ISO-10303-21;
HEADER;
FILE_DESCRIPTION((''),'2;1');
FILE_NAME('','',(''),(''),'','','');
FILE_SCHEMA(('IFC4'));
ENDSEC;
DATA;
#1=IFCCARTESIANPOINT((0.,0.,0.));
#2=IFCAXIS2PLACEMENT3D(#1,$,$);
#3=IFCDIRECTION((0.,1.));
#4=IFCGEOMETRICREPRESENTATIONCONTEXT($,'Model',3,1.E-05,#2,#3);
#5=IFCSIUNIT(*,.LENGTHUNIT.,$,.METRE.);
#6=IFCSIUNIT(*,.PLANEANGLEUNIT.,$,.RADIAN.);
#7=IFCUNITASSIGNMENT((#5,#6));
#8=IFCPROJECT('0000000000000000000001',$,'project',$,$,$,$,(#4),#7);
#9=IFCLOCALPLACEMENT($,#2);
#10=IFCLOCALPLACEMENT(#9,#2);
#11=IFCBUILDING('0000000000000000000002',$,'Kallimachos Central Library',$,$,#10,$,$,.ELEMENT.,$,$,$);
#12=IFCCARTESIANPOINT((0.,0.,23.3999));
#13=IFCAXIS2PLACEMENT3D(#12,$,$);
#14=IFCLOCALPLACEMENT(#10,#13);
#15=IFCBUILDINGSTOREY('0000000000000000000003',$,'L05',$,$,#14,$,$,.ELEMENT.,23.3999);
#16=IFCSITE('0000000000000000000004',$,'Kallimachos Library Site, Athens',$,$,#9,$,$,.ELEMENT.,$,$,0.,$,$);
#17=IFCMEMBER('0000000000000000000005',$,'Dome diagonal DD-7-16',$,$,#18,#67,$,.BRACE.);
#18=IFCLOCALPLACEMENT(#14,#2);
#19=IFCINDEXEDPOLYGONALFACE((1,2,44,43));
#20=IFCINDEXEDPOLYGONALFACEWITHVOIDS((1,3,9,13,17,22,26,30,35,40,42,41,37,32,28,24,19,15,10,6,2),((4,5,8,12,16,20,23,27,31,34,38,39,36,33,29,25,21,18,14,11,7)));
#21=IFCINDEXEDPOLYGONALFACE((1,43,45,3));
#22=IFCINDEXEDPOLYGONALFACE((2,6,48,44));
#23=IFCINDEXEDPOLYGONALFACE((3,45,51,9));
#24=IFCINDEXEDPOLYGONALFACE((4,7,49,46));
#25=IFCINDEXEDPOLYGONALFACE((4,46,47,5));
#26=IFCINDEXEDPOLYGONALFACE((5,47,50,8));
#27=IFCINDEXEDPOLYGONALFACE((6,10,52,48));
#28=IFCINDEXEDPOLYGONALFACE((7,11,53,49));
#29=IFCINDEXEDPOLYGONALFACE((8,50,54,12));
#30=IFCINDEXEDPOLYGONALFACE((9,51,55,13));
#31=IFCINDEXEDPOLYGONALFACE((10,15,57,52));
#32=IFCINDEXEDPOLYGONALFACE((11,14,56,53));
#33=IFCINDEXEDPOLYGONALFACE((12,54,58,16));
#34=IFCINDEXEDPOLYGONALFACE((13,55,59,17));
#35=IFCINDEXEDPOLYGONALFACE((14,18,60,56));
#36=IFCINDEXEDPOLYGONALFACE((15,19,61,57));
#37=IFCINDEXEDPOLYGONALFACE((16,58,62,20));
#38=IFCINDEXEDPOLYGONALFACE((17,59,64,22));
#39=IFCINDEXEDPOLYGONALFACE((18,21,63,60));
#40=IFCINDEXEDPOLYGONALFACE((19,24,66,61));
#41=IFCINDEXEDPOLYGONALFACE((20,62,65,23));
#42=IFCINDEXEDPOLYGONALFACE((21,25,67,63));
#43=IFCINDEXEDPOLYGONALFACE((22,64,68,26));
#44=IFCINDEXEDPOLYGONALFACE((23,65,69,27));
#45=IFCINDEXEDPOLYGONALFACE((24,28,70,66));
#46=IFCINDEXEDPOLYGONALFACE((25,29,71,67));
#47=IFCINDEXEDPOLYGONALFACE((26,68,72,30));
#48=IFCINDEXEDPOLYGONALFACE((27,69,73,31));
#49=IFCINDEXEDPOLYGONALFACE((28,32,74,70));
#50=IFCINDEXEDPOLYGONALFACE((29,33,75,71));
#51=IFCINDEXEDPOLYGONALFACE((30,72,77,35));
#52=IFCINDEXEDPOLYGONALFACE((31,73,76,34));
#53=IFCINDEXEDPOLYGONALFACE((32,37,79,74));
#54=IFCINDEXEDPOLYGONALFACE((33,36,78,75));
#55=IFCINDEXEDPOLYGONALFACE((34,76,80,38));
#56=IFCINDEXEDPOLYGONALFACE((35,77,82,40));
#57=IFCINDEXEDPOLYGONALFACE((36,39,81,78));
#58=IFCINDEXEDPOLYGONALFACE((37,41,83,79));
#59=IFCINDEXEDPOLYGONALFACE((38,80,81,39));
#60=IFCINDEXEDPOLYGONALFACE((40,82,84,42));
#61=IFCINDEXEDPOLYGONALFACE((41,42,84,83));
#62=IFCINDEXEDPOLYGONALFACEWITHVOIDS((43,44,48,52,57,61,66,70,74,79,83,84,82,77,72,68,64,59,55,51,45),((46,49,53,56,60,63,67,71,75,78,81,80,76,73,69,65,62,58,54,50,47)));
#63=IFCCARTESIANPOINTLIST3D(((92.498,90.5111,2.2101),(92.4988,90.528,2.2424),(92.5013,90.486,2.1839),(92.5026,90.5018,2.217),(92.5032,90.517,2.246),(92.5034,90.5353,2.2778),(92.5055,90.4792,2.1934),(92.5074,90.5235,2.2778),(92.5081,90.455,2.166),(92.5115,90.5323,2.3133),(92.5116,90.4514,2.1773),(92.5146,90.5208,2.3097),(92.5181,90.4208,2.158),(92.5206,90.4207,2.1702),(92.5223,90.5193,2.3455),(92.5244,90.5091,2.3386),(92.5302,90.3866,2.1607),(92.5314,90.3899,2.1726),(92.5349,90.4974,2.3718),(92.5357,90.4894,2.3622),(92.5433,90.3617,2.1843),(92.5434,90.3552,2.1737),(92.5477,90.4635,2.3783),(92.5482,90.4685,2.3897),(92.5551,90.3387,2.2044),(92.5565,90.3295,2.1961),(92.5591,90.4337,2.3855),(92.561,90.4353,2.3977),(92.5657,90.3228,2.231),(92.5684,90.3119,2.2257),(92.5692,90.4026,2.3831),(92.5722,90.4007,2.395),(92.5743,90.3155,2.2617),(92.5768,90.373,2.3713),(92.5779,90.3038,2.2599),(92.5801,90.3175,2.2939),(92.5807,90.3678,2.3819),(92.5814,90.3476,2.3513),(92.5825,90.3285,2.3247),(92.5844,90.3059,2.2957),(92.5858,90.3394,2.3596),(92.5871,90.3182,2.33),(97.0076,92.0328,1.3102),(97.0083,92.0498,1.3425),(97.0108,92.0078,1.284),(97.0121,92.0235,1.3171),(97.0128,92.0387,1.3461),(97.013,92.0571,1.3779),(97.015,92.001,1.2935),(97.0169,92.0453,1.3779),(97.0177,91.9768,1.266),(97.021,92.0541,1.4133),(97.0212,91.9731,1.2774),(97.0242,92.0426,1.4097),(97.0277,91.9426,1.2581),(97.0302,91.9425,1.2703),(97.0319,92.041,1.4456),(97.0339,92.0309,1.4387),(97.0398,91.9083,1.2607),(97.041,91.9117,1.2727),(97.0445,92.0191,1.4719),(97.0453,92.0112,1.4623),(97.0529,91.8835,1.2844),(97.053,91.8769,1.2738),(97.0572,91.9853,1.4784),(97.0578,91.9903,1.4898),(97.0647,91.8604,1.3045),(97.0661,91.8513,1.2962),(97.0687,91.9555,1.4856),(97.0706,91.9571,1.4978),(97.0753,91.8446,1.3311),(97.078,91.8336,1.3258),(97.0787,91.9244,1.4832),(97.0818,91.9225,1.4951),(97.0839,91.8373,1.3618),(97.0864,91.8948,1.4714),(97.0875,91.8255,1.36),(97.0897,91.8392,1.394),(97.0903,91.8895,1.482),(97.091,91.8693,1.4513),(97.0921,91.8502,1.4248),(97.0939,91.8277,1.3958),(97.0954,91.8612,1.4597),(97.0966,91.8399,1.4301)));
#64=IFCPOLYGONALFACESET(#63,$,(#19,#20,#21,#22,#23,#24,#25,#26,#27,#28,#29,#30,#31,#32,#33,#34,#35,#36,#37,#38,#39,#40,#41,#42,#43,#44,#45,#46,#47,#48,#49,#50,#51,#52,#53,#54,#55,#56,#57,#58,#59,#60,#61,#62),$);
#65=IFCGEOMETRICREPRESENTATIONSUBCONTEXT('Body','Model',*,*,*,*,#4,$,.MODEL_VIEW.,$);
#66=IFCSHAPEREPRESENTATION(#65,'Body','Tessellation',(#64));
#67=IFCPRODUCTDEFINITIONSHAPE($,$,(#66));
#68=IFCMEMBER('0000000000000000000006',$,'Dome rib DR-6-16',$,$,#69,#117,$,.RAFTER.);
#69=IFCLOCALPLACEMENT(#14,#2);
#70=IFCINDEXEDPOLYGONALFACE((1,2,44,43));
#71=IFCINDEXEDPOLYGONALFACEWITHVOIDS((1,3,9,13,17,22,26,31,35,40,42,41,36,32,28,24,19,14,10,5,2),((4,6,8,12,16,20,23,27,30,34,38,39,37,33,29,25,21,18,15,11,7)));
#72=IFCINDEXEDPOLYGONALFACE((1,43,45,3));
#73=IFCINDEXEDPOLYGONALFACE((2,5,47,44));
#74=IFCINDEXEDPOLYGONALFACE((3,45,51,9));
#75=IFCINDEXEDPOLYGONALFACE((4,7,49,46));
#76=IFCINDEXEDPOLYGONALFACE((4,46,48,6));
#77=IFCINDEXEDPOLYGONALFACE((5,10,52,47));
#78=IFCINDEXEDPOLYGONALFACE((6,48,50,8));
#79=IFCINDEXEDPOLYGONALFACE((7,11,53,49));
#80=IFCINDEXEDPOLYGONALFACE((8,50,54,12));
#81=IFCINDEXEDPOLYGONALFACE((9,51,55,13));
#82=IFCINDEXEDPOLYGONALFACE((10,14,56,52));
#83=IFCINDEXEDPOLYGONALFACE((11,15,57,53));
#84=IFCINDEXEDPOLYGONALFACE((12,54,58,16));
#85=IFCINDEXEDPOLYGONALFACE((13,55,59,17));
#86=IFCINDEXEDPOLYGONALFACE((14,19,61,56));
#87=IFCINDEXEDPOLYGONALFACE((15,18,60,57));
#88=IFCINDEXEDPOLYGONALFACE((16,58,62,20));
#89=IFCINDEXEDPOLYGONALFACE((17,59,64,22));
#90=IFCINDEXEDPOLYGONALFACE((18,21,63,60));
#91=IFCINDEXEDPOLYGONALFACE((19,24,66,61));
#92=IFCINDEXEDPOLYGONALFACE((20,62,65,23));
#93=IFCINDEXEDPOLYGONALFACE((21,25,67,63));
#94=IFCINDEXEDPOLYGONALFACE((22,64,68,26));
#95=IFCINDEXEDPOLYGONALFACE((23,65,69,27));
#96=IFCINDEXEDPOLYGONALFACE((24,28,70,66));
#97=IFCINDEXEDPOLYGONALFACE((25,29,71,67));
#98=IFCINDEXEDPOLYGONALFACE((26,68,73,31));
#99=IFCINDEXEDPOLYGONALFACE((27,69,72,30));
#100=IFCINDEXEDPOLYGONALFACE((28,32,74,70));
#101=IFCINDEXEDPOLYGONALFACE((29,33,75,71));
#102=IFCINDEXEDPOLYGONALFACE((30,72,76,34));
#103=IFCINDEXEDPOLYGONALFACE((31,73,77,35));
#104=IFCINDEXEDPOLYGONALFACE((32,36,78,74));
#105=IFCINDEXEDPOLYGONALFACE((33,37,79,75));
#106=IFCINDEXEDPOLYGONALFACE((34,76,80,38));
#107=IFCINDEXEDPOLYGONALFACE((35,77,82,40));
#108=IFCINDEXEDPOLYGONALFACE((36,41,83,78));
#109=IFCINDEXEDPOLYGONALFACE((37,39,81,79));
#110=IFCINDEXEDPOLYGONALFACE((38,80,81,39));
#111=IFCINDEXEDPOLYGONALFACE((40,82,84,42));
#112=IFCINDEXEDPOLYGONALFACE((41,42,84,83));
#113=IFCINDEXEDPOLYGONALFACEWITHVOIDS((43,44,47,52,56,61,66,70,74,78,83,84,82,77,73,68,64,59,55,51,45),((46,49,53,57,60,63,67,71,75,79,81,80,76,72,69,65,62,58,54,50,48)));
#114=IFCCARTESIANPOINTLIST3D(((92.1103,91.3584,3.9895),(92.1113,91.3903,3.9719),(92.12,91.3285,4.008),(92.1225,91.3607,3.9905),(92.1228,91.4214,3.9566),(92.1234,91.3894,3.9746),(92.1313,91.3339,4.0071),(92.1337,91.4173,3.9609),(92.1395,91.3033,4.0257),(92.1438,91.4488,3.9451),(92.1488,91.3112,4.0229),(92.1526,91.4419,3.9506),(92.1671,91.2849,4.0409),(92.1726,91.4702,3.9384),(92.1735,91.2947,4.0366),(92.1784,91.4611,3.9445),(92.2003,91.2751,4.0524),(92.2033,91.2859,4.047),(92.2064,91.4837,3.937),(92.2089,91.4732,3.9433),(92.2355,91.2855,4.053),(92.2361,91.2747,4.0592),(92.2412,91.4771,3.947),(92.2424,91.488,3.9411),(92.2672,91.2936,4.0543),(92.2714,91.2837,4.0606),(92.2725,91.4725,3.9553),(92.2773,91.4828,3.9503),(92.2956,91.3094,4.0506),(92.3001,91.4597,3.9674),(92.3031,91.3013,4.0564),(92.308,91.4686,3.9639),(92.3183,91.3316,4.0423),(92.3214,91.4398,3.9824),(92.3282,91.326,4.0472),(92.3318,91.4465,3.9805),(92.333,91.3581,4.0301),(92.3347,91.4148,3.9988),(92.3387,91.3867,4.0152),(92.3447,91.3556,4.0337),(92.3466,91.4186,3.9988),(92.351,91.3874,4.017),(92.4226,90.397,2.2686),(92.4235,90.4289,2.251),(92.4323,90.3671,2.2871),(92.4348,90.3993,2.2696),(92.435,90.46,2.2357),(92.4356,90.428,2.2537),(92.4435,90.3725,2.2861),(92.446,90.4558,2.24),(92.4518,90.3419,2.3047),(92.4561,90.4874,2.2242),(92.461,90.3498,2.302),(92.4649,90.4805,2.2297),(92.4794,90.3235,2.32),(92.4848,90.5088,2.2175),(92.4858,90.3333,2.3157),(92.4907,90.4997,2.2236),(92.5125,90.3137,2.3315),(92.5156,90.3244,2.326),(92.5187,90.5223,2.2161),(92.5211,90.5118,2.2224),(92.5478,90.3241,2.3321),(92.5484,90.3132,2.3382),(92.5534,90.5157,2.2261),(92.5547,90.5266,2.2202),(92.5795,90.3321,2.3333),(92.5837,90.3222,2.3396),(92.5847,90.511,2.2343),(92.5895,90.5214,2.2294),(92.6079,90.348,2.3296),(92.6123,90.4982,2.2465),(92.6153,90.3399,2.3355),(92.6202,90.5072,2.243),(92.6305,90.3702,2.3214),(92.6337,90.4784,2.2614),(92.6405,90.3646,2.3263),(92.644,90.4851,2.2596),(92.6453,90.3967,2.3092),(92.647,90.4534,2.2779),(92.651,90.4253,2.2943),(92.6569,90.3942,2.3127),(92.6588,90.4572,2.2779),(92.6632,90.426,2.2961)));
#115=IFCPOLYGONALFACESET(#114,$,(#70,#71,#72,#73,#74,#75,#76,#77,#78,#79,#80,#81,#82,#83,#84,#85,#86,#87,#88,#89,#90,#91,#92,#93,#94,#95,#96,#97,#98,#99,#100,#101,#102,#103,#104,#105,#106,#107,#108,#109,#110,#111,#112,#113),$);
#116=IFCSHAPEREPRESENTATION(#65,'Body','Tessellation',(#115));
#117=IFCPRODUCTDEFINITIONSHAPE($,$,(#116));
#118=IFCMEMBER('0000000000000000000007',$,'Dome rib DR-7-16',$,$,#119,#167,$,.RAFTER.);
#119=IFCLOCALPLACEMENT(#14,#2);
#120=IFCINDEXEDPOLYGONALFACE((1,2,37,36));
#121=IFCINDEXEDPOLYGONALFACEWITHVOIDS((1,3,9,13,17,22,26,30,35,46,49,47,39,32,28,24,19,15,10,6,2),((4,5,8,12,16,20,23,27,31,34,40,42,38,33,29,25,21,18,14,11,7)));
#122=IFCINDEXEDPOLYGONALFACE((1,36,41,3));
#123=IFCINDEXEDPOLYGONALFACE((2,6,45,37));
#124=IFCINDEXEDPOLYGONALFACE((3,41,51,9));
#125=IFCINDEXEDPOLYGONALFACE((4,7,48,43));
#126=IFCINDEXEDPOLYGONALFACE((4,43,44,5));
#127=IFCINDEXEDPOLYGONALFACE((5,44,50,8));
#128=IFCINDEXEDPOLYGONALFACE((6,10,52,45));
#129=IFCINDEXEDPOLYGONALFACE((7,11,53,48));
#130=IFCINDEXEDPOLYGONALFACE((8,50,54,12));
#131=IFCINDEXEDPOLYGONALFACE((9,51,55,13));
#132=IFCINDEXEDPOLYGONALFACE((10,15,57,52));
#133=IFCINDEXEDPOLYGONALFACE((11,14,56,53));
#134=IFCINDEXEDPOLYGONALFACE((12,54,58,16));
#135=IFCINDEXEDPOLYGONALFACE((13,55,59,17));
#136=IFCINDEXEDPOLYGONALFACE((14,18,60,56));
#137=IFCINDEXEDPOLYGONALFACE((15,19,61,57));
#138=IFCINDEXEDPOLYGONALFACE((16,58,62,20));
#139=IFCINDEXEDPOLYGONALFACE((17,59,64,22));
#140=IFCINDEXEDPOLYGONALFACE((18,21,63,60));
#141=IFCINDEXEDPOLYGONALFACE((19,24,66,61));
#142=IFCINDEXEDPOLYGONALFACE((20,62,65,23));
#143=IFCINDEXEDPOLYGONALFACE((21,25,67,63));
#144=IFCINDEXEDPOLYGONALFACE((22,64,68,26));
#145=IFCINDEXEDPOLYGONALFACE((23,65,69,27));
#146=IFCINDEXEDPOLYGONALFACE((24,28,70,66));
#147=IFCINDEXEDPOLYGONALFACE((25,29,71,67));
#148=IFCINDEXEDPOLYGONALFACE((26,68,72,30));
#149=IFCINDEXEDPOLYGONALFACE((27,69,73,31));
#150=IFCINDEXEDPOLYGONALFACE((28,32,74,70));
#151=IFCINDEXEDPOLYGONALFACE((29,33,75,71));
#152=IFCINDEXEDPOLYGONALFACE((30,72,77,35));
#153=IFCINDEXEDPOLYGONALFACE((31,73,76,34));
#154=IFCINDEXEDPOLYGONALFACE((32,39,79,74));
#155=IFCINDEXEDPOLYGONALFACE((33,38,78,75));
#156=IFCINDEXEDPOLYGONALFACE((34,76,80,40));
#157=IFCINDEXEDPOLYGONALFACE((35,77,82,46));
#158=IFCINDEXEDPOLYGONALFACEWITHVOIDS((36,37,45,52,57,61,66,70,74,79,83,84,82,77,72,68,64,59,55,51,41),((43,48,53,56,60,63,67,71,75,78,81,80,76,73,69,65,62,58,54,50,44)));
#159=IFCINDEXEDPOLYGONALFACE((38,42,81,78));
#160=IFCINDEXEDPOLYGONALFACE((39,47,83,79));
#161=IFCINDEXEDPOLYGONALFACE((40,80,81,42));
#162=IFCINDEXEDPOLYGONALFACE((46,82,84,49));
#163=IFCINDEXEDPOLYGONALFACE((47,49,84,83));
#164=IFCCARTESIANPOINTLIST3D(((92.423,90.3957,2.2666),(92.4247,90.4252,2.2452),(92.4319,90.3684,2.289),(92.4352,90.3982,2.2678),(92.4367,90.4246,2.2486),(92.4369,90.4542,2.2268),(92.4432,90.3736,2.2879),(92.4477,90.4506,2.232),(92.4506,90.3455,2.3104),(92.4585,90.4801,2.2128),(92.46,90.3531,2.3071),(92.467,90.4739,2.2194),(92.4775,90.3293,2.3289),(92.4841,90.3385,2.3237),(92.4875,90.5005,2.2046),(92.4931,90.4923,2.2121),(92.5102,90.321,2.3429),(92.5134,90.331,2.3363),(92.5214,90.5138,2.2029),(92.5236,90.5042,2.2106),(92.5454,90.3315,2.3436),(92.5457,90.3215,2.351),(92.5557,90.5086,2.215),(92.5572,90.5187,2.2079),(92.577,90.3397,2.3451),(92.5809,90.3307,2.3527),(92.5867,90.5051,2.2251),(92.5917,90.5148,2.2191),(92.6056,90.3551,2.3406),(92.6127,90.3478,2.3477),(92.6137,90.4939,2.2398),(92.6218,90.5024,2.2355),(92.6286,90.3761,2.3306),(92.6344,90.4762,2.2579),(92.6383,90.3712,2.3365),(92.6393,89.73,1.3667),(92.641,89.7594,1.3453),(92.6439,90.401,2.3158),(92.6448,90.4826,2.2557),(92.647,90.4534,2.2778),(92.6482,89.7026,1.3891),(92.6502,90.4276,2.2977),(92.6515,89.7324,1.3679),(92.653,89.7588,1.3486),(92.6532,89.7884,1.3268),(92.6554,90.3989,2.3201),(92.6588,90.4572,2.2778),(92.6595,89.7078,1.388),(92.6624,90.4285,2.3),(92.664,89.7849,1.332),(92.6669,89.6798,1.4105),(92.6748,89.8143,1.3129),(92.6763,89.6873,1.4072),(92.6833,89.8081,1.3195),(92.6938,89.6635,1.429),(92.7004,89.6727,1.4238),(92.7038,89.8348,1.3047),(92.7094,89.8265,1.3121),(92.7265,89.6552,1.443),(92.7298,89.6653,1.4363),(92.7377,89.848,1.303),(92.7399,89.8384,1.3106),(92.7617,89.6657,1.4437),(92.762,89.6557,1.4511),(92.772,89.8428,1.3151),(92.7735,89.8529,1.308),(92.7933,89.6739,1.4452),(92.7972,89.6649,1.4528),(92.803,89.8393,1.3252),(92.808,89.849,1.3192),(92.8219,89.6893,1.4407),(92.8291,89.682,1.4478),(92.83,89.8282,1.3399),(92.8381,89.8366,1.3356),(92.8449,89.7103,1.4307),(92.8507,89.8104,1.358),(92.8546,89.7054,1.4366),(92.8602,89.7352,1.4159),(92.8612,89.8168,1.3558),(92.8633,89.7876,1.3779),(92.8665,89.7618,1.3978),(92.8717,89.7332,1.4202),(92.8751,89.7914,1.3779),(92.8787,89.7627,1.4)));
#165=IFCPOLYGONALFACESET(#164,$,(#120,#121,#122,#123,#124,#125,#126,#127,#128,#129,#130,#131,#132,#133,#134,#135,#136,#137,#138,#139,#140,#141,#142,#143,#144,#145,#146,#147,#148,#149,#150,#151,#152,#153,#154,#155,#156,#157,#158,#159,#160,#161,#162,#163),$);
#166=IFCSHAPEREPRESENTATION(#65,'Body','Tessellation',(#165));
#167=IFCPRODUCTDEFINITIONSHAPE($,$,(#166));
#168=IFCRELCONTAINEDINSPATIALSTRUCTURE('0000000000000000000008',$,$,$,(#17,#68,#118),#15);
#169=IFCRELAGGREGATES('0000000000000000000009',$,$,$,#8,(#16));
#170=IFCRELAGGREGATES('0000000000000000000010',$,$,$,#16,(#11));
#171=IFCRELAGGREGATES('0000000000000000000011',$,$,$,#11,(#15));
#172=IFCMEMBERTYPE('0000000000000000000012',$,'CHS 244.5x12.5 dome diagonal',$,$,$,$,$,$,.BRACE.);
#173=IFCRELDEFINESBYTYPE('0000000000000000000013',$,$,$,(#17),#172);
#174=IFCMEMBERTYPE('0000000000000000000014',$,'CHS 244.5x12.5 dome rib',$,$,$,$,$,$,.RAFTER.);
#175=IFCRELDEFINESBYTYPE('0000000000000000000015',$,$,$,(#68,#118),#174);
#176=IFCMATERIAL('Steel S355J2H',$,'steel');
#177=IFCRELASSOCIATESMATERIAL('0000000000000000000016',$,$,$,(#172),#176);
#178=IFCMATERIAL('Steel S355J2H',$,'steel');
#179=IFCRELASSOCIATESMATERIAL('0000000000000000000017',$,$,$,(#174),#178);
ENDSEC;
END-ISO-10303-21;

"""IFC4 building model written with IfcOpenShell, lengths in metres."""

from ifc_helpers import new_model, si_unit, direction, frame, origin, origin_2d, place, context, subcontext, project, spatial, hollow_circle, extrude, material, material_profile, profile_set, type_object, element, save


model = new_model("IFC4")

# Units and contexts
model_context = context("Model", 3, precision=1e-05, world=origin(), true_north=direction((0.0, 1.0)))
body_context = subcontext(model_context, "Body", "Model", "MODEL_VIEW")
ifc_project = project(units=[si_unit("LENGTHUNIT", "METRE"), si_unit("PLANEANGLEUNIT", "RADIAN")], contexts=[model_context])

# Site, building, storey
site_placement = place(None, origin())
site = spatial("IfcSite", under=ifc_project, at=site_placement, Name="Kallimachos Library Site, Athens", CompositionType="ELEMENT", RefElevation=0.0)
building_placement = place(site_placement, origin())
building = spatial("IfcBuilding", under=site, at=building_placement, Name="Kallimachos Central Library", CompositionType="ELEMENT")
storey_placement = place(building_placement, frame((0.0, 0.0, 23.3999)))
storey = spatial("IfcBuildingStorey", under=building, at=storey_placement, Name="L05", CompositionType="ELEMENT", Elevation=23.3999)

# Members
ifc_material_1 = material(Name="Steel S355J2H", Category="steel")
ifc_material_profile_1 = material_profile(ifc_material_1, hollow_circle(Radius=0.1223, WallThickness=0.0125, at=origin_2d()), Name="CHS 244.5x12.5")
ifc_profile_set_1 = profile_set([ifc_material_profile_1], Name="Steel S355J2H")
member_type_1 = type_object("IfcMemberType", Name="CHS 244.5x12.5 dome diagonal", PredefinedType="BRACE", material=ifc_profile_set_1)
member_1_placement = place(storey_placement, frame((92.5425, 90.4194, 2.2778), z_axis=(0.931011, 0.314168, -0.185789), x_axis=(-0.319734, 0.947507, 0.0)))
element("IfcMember", 1, at=member_1_placement, inside=storey, type_object=member_type_1, Name="Dome diagonal DD-7-16", PredefinedType="BRACE", context=body_context, shape_type="SweptSolid", body=[
    extrude(hollow_circle(Radius=0.1223, WallThickness=0.0125, at=origin_2d()), origin(), (0.0, 0.0, 1.0), 4.8438),
])
ifc_material_2 = material(Name="Steel S355J2H", Category="steel")
ifc_material_profile_2 = material_profile(ifc_material_2, hollow_circle(Radius=0.1223, WallThickness=0.0125, at=origin_2d()), Name="CHS 244.5x12.5")
ifc_profile_set_2 = profile_set([ifc_material_profile_2], Name="Steel S355J2H")
member_type_2 = type_object("IfcMemberType", Name="CHS 244.5x12.5 dome rib", PredefinedType="RAFTER", material=ifc_profile_set_2)
member_2_placement = place(storey_placement, frame((92.2302, 91.3809, 3.9988), z_axis=(0.156451, -0.481707, -0.862254), x_axis=(0.951094, 0.3089, 0.0)))
element("IfcMember", 2, at=member_2_placement, inside=storey, type_object=member_type_2, Name="Dome rib DR-6-16", PredefinedType="RAFTER", context=body_context, shape_type="SweptSolid", body=[
    extrude(hollow_circle(Radius=0.1223, WallThickness=0.0125, at=origin_2d()), origin(), (0.0, 0.0, 1.0), 1.9958),
])
for number, where, z_axis, x_axis, name in (
    (3, (92.5425, 90.4194, 2.2778), (0.189725, -0.58395, -0.789307), (0.951062, 0.308999, 0.0), "Dome rib DR-7-16"),
):
    element("IfcMember", number, at=place(storey_placement, frame(where, z_axis=z_axis, x_axis=x_axis)), inside=storey, type_object=member_type_2, Name=name, PredefinedType="RAFTER", context=body_context, shape_type="SweptSolid", body=[
        extrude(hollow_circle(Radius=0.1223, WallThickness=0.0125, at=origin_2d()), origin(), (0.0, 0.0, 1.0), 1.1401),
    ])

save(model, "model.ifc")
